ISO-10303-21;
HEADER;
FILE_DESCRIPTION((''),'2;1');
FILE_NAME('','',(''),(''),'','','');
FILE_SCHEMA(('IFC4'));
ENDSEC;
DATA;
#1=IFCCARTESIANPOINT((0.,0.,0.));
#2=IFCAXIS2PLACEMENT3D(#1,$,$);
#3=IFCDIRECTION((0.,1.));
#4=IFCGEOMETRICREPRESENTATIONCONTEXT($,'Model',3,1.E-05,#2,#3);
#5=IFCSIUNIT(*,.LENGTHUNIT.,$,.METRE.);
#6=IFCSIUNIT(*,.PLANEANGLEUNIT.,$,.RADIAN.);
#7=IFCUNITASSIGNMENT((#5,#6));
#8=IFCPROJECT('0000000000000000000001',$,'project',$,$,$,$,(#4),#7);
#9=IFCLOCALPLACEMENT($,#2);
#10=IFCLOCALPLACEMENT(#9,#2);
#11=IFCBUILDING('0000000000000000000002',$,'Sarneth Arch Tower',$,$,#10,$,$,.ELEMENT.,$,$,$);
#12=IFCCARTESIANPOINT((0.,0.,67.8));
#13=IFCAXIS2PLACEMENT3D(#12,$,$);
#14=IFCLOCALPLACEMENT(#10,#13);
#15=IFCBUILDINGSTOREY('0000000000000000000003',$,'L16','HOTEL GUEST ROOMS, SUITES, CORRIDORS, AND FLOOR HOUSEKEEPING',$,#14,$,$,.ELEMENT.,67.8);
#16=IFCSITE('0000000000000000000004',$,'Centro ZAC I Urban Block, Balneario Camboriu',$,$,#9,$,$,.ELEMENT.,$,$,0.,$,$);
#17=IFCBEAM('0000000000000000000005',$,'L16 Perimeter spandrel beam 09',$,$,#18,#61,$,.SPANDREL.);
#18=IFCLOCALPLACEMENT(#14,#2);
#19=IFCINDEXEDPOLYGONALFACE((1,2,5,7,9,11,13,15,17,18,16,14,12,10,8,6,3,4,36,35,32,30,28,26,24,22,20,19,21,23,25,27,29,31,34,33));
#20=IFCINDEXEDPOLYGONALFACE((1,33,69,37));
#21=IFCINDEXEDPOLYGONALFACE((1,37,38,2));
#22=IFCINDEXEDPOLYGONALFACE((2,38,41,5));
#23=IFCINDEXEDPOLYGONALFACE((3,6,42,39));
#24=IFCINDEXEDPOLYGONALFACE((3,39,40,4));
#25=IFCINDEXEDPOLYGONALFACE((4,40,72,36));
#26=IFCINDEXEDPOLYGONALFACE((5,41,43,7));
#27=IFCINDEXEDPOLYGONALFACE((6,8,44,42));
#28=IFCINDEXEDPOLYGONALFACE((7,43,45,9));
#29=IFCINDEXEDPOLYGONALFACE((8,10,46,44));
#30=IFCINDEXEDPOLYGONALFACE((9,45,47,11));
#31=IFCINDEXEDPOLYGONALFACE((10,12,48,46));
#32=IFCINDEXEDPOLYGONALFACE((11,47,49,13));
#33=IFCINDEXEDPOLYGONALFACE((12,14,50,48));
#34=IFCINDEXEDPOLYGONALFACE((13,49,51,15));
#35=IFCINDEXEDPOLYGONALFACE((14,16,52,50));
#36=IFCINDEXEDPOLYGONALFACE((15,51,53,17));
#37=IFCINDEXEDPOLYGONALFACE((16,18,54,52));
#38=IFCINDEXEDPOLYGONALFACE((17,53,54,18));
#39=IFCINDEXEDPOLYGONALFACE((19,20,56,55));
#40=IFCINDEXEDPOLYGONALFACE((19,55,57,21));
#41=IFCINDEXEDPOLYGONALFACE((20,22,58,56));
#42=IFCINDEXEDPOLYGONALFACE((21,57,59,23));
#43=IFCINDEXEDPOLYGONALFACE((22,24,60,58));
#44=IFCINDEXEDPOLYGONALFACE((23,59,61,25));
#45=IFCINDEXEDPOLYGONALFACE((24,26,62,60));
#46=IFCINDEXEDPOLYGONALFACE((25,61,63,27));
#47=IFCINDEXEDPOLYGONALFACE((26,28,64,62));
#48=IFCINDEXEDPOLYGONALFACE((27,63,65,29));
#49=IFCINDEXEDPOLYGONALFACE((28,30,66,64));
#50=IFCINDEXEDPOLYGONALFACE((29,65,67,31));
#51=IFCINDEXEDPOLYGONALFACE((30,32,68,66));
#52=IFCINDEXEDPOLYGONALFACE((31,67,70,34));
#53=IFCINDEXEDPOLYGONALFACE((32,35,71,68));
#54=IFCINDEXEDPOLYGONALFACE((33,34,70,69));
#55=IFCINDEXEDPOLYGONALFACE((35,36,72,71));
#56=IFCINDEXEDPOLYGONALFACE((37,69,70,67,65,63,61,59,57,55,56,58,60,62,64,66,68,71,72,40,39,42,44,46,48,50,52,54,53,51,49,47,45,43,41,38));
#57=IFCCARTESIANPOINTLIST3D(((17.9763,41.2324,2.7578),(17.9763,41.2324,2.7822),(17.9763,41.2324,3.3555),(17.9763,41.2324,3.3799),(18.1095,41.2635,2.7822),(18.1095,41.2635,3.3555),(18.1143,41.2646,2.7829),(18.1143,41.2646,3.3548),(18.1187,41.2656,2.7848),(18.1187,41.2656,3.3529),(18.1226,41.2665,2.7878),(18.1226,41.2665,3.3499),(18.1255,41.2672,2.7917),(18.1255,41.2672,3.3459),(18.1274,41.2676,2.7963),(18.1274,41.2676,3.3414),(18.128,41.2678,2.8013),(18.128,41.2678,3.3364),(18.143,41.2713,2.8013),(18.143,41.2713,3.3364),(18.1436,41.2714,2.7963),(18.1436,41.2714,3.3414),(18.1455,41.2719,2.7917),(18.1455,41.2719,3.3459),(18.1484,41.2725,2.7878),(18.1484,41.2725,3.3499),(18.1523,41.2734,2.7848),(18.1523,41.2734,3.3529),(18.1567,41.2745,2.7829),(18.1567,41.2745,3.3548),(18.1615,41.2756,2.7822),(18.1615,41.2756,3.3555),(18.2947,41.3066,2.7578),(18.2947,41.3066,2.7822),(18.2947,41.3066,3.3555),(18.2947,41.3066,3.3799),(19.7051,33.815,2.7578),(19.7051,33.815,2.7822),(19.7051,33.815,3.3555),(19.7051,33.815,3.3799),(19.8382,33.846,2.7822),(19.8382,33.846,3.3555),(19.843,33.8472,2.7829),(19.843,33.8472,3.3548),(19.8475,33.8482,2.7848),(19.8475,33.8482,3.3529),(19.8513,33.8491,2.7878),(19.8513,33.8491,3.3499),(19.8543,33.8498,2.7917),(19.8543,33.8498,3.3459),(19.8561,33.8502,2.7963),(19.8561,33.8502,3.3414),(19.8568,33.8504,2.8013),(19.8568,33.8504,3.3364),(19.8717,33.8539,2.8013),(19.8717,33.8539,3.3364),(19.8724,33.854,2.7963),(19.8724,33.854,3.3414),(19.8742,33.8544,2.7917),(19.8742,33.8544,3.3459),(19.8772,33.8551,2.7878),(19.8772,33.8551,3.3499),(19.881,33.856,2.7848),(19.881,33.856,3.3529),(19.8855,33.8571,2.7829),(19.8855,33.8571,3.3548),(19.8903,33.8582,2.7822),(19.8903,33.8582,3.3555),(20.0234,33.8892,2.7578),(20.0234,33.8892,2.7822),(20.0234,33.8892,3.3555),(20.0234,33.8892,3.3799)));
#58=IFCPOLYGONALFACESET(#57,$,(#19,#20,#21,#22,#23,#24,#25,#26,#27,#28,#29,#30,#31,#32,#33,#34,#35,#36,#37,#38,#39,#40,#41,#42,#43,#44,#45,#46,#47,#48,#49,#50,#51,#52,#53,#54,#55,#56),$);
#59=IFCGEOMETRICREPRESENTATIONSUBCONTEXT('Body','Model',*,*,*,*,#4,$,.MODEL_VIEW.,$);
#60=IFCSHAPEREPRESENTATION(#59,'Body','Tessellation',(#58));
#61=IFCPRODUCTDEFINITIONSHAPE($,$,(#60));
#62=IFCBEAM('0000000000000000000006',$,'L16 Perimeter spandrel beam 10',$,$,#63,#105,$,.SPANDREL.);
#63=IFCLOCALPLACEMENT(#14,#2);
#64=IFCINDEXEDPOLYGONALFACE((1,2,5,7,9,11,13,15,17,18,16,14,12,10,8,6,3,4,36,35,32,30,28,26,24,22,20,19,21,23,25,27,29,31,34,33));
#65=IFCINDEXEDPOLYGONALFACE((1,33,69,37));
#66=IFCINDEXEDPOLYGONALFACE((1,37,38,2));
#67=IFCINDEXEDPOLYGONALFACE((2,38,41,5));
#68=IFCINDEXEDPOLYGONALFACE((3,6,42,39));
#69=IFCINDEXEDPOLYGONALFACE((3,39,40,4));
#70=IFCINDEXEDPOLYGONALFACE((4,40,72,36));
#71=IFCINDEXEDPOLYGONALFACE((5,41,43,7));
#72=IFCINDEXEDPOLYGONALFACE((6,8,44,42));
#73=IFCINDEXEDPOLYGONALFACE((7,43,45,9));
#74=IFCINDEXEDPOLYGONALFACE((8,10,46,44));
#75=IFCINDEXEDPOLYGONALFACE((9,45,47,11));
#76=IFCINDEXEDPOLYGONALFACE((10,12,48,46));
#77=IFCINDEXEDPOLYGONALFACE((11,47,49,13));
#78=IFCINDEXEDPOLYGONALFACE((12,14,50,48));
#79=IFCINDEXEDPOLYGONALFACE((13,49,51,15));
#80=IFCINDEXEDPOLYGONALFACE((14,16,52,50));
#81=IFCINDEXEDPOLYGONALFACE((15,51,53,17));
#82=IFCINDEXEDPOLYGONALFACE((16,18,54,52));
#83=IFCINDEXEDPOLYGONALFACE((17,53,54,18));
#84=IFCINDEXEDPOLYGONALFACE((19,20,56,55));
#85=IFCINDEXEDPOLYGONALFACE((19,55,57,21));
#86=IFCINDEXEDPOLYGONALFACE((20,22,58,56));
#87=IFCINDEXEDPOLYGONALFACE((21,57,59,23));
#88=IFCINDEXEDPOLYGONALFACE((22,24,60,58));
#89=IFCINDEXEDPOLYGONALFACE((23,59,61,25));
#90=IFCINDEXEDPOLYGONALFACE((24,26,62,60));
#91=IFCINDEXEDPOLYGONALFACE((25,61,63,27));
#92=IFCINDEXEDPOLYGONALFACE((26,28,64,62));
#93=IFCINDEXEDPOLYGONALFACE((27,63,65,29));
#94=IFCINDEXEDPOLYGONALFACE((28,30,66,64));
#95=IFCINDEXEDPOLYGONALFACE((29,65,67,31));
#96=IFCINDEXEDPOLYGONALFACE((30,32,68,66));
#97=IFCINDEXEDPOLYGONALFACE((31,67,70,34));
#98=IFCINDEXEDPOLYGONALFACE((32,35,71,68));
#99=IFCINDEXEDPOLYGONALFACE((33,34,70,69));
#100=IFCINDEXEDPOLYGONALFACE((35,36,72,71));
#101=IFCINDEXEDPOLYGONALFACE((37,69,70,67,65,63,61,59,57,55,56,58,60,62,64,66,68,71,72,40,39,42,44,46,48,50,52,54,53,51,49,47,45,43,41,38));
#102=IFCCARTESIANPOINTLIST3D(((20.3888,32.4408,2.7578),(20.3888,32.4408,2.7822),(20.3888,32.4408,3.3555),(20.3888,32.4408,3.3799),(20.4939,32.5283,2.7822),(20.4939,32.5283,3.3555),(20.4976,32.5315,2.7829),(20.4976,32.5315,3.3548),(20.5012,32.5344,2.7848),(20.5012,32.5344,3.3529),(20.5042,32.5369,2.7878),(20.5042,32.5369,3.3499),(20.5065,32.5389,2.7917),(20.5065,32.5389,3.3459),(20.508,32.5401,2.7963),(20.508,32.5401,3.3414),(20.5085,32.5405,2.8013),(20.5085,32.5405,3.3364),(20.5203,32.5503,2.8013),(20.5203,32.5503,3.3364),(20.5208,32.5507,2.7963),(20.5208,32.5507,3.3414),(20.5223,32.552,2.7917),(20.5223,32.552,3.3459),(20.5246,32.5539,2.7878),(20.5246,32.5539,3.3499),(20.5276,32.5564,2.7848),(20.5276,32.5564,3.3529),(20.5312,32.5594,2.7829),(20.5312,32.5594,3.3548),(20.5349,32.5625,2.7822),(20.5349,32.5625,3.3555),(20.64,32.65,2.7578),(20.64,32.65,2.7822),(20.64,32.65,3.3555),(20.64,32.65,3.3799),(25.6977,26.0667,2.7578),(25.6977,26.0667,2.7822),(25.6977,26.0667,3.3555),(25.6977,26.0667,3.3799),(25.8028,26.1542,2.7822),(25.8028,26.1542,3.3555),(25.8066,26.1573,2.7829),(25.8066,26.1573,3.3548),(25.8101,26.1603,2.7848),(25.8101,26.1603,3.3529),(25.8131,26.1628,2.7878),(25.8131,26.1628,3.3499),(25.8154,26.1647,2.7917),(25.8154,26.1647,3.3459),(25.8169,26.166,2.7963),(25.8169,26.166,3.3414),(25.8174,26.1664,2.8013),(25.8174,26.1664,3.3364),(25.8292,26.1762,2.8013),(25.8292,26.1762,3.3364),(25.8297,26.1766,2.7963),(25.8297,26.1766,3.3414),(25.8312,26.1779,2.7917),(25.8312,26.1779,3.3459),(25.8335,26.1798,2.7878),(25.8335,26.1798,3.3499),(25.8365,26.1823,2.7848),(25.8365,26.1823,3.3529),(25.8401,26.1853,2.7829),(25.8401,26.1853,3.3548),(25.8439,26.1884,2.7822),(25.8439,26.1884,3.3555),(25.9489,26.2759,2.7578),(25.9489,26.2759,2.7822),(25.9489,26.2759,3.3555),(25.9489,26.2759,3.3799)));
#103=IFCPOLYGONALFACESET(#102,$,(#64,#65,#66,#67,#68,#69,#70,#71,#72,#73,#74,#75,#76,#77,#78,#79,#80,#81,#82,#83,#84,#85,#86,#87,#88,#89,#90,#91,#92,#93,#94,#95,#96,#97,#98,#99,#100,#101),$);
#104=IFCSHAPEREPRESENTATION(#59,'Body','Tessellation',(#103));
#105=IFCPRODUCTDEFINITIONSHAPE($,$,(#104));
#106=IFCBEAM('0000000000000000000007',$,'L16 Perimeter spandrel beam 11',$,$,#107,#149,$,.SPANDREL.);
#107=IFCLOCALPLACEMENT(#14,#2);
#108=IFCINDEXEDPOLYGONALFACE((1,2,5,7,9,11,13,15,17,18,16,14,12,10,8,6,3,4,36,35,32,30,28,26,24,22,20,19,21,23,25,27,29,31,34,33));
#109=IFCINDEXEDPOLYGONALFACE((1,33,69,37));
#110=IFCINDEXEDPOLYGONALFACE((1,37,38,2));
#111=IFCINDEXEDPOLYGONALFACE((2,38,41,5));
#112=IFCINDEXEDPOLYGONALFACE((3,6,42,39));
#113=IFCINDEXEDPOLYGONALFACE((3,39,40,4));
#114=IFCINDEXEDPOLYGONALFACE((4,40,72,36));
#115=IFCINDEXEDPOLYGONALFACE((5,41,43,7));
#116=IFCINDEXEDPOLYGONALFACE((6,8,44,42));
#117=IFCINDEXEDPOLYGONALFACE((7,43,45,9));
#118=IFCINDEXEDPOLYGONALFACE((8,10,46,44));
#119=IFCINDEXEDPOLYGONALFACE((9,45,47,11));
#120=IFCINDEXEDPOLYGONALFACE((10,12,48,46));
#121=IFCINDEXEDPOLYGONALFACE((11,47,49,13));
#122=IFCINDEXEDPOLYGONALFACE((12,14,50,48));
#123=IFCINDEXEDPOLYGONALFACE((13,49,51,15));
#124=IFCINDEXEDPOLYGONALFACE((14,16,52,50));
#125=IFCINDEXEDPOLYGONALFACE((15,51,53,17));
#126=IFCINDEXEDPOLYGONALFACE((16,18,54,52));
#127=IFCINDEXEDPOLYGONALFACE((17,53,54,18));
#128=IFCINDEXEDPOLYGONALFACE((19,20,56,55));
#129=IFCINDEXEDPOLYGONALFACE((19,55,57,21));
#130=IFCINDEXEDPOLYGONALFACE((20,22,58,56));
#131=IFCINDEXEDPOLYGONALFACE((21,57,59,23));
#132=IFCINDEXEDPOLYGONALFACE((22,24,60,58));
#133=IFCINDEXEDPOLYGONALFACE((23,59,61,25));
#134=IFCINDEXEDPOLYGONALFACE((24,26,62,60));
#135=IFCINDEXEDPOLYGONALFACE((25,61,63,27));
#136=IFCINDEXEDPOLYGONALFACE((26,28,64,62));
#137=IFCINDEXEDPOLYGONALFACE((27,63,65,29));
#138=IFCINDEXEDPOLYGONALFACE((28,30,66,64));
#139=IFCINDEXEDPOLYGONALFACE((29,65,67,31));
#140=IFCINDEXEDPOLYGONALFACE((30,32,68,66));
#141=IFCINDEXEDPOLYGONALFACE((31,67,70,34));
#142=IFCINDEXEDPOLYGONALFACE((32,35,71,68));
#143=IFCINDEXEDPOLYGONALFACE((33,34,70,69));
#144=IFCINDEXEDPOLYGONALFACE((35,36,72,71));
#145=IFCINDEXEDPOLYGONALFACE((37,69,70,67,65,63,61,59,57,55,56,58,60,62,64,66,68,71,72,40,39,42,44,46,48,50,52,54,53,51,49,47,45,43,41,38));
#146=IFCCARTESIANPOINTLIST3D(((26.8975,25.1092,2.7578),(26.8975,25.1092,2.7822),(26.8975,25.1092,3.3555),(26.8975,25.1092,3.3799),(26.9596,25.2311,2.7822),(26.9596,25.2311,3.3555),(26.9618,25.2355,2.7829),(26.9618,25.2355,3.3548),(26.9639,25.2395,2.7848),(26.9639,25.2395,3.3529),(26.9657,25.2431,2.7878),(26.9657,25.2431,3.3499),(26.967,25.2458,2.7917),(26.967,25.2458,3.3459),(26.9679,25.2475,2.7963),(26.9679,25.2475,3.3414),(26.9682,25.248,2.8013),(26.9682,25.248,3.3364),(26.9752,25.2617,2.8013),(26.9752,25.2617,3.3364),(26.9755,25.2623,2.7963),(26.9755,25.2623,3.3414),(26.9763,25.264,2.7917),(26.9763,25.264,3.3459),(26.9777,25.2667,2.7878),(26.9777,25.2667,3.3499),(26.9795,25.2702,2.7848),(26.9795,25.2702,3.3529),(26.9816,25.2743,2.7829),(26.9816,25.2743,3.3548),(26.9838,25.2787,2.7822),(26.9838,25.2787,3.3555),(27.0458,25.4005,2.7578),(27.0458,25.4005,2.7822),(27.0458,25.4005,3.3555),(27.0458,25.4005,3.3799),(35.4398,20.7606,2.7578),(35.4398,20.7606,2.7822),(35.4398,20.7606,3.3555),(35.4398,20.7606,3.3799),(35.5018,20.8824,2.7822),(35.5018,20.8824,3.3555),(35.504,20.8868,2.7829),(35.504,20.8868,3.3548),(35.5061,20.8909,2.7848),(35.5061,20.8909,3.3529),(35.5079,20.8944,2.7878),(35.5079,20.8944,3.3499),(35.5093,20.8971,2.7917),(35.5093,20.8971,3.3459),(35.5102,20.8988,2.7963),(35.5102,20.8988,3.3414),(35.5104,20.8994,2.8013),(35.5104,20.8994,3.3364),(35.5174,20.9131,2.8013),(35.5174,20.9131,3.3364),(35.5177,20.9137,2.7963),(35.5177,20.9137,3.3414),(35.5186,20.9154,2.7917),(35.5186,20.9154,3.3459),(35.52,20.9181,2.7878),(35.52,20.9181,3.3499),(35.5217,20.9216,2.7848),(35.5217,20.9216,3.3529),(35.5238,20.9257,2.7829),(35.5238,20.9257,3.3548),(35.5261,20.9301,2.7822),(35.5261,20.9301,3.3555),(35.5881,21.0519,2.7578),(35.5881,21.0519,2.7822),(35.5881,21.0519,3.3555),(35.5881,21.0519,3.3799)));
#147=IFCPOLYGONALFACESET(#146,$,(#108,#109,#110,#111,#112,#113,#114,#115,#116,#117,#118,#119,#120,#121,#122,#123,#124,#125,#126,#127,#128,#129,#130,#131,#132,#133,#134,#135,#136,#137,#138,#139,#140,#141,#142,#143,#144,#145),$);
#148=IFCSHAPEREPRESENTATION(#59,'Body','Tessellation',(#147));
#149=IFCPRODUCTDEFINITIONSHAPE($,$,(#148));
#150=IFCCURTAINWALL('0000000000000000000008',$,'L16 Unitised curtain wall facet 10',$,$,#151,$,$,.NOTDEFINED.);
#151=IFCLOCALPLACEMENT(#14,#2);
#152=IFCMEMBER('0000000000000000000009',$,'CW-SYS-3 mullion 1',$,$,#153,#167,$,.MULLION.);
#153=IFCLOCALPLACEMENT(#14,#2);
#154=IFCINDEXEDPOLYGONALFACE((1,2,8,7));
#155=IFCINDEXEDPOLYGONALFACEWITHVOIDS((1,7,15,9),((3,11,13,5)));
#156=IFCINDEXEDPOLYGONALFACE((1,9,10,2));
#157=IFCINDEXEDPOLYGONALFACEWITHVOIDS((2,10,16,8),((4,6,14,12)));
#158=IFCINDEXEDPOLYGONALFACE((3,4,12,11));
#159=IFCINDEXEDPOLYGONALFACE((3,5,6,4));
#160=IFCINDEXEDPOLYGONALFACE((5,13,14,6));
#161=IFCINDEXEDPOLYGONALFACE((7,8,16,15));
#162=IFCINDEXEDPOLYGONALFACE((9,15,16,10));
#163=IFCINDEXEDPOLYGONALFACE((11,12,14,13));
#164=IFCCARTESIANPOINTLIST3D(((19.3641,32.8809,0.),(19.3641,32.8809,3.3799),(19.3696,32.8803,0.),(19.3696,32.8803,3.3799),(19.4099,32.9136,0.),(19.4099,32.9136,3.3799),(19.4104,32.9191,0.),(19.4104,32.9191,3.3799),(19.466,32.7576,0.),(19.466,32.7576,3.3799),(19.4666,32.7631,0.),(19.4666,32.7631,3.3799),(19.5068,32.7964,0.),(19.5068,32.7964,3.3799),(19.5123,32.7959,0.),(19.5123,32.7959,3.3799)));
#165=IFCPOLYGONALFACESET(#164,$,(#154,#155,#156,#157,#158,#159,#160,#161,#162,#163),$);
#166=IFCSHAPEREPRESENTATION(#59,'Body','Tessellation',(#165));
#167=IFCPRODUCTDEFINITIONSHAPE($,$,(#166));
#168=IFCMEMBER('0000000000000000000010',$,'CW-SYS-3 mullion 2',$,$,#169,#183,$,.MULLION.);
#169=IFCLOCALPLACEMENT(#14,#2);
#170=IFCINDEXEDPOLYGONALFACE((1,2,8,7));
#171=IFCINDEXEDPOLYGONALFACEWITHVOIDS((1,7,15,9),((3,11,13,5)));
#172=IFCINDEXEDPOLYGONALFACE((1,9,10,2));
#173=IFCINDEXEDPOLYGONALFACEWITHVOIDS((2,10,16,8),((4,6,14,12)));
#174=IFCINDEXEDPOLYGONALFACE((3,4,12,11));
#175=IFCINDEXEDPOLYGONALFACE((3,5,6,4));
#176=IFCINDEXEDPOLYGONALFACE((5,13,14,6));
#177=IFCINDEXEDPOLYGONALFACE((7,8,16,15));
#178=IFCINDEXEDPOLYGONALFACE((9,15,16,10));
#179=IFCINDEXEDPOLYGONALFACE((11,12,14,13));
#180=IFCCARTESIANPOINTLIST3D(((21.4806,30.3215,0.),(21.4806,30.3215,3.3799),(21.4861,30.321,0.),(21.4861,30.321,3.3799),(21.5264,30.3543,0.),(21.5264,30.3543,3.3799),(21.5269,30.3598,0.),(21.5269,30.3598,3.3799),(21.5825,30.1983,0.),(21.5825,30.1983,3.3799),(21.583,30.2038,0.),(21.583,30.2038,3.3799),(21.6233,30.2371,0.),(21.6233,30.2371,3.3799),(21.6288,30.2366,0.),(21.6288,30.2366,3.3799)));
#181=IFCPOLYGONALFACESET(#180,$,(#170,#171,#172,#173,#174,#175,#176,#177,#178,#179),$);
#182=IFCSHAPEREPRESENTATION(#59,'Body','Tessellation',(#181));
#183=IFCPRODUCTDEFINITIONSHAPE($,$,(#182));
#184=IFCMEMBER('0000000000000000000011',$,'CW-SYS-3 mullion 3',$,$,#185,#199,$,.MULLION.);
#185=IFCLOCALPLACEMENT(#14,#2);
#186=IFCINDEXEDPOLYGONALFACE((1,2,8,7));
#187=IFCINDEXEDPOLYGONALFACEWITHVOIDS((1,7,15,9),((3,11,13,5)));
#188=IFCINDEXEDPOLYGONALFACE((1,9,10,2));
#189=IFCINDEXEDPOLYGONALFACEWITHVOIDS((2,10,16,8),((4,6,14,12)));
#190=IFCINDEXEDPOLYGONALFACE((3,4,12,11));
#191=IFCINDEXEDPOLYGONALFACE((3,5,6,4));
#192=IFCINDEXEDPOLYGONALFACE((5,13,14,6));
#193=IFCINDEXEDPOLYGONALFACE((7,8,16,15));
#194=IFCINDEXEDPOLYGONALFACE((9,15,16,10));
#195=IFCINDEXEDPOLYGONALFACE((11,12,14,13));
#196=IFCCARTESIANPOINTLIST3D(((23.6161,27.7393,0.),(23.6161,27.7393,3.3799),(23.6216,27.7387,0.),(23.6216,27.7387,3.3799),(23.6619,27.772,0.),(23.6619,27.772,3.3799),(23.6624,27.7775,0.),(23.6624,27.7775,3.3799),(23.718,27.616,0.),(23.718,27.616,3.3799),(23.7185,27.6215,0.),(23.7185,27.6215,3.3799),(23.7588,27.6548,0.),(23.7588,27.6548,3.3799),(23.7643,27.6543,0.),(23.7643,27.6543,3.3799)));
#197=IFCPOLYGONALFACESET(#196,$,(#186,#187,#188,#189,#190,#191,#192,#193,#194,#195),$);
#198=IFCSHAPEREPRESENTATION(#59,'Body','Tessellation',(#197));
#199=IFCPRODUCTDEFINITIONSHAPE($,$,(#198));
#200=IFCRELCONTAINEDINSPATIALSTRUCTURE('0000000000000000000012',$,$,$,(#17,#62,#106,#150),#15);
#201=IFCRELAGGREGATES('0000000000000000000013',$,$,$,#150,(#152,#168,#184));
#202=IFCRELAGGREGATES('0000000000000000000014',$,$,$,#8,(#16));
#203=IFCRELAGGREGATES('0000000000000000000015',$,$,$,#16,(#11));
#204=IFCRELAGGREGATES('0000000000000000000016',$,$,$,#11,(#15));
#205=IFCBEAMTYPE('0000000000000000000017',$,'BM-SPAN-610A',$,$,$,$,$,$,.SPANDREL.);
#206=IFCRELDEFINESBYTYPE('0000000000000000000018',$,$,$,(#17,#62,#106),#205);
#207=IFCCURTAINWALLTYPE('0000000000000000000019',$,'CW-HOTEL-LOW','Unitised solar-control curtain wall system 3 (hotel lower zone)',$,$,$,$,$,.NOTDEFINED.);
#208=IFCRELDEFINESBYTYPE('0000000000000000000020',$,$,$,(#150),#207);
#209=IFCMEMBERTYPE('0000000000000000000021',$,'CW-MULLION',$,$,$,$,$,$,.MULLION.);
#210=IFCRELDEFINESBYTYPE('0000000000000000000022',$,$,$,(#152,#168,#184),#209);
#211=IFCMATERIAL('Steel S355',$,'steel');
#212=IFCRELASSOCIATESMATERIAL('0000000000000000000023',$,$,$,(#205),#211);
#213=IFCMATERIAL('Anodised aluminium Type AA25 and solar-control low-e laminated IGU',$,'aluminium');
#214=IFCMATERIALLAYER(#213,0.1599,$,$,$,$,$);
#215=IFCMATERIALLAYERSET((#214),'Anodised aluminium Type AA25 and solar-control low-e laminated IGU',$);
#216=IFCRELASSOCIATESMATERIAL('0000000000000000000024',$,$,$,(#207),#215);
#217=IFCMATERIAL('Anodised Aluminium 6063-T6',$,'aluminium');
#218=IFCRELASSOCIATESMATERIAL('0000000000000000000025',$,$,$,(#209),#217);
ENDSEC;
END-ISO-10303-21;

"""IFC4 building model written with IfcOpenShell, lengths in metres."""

from ifc_helpers import new_model, si_unit, direction, frame, origin, origin_2d, place, context, subcontext, project, spatial, hollow_rectangle, i_section, extrude, material, layer, layer_set, material_profile, profile_set, type_object, element, aggregate, save


model = new_model("IFC4")

# Units and contexts
model_context = context("Model", 3, precision=1e-05, world=origin(), true_north=direction((0.0, 1.0)))
body_context = subcontext(model_context, "Body", "Model", "MODEL_VIEW")
ifc_project = project(units=[si_unit("LENGTHUNIT", "METRE"), si_unit("PLANEANGLEUNIT", "RADIAN")], contexts=[model_context])

# Site, building, storey
site_placement = place(None, origin())
site = spatial("IfcSite", under=ifc_project, at=site_placement, Name="Centro ZAC I Urban Block, Balneario Camboriu", CompositionType="ELEMENT", RefElevation=0.0)
building_placement = place(site_placement, origin())
building = spatial("IfcBuilding", under=site, at=building_placement, Name="Sarneth Arch Tower", CompositionType="ELEMENT")
storey_placement = place(building_placement, frame((0.0, 0.0, 67.8)))
storey = spatial("IfcBuildingStorey", under=building, at=storey_placement, Name="L16", Description="HOTEL GUEST ROOMS, SUITES, CORRIDORS, AND FLOOR HOUSEKEEPING", CompositionType="ELEMENT", Elevation=67.8)

# Beams
ifc_material_1 = material(Name="Steel S355", Category="steel")
ifc_material_profile_1 = material_profile(ifc_material_1, i_section(OverallWidth=0.3269, OverallDepth=0.6221, WebThickness=0.0154, FlangeThickness=0.0244, FilletRadius=0.019, at=origin_2d()), Name="W610x195")
ifc_profile_set_1 = profile_set([ifc_material_profile_1], Name="Steel S355")
beam_type = type_object("IfcBeamType", Name="BM-SPAN-610A", PredefinedType="SPANDREL", material=ifc_profile_set_1)
beam_1_placement = place(storey_placement, frame((18.1355, 41.2695, 3.0688), z_axis=(0.226982, -0.973899, 0.0), x_axis=(0.973899, 0.226982, 0.0)))
element("IfcBeam", 1, at=beam_1_placement, inside=storey, type_object=beam_type, Name="L16 Perimeter spandrel beam 09", PredefinedType="SPANDREL", context=body_context, shape_type="SweptSolid", body=[
    extrude(i_section(OverallWidth=0.3269, OverallDepth=0.6221, WebThickness=0.0154, FlangeThickness=0.0244, FilletRadius=0.019, at=origin_2d()), origin(), (0.0, 0.0, 1.0), 7.6162),
])
beam_2_placement = place(storey_placement, frame((20.5144, 32.5454, 3.0688), z_axis=(0.639982, -0.76839, 0.0), x_axis=(0.76839, 0.639982, 0.0)))
element("IfcBeam", 2, at=beam_2_placement, inside=storey, type_object=beam_type, Name="L16 Perimeter spandrel beam 10", PredefinedType="SPANDREL", context=body_context, shape_type="SweptSolid", body=[
    extrude(i_section(OverallWidth=0.3269, OverallDepth=0.6221, WebThickness=0.0154, FlangeThickness=0.0244, FilletRadius=0.019, at=origin_2d()), origin(), (0.0, 0.0, 1.0), 8.2954),
])
beam_3_placement = place(storey_placement, frame((26.9717, 25.2549, 3.0688), z_axis=(0.891169, -0.453671, 0.0), x_axis=(0.453671, 0.891169, 0.0)))
element("IfcBeam", 3, at=beam_3_placement, inside=storey, type_object=beam_type, Name="L16 Perimeter spandrel beam 11", PredefinedType="SPANDREL", context=body_context, shape_type="SweptSolid", body=[
    extrude(i_section(OverallWidth=0.3269, OverallDepth=0.6221, WebThickness=0.0154, FlangeThickness=0.0244, FilletRadius=0.019, at=origin_2d()), origin(), (0.0, 0.0, 1.0), 9.5854),
])

# Curtain wall, members
ifc_material_2 = material(Name="Anodised aluminium Type AA25 and solar-control low-e laminated IGU", Category="aluminium")
ifc_layer_1 = layer(ifc_material_2, 0.1599)
ifc_layer_set_1 = layer_set([ifc_layer_1], Name="Anodised aluminium Type AA25 and solar-control low-e laminated IGU")
curtain_wall_type = type_object("IfcCurtainWallType", Name="CW-HOTEL-LOW", Description="Unitised solar-control curtain wall system 3 (hotel lower zone)", PredefinedType="NOTDEFINED", material=ifc_layer_set_1)
curtain_wall_placement = place(storey_placement, origin())
curtain_wall = element("IfcCurtainWall", 4, at=curtain_wall_placement, inside=storey, type_object=curtain_wall_type, Name="L16 Unitised curtain wall facet 10", PredefinedType="NOTDEFINED")
ifc_material_3 = material(Name="Anodised Aluminium 6063-T6", Category="aluminium")
ifc_material_profile_2 = material_profile(ifc_material_3, hollow_rectangle(XDim=0.0601, YDim=0.1599, WallThickness=0.0039, at=origin_2d()), Name="AL-MULL-160x60x4")
ifc_profile_set_2 = profile_set([ifc_material_profile_2], Name="Anodised Aluminium 6063-T6")
member_type_1 = type_object("IfcMemberType", Name="CW-MULLION", PredefinedType="MULLION", material=ifc_profile_set_2)
member_1_placement = place(storey_placement, frame((19.4382, 32.8384, 0.0), z_axis=(0.0, 0.0, 1.0), x_axis=(0.770623, 0.637291, 0.0)))
member_1 = element("IfcMember", 5, at=member_1_placement, type_object=member_type_1, Name="CW-SYS-3 mullion 1", PredefinedType="MULLION", context=body_context, shape_type="SweptSolid", body=[
    extrude(hollow_rectangle(XDim=0.0601, YDim=0.1599, WallThickness=0.0039, at=origin_2d()), origin(), (0.0, 0.0, 1.0), 3.3799),
])
member_2_placement = place(storey_placement, frame((21.5547, 30.2791, 0.0), z_axis=(0.0, 0.0, 1.0), x_axis=(0.770623, 0.637291, 0.0)))
member_2 = element("IfcMember", 6, at=member_2_placement, type_object=member_type_1, Name="CW-SYS-3 mullion 2", PredefinedType="MULLION", context=body_context, shape_type="SweptSolid", body=[
    extrude(hollow_rectangle(XDim=0.0601, YDim=0.1599, WallThickness=0.0039, at=origin_2d()), origin(), (0.0, 0.0, 1.0), 3.3799),
])
member_3_placement = place(storey_placement, frame((23.6902, 27.6968, 0.0), z_axis=(0.0, 0.0, 1.0), x_axis=(0.770623, 0.637291, 0.0)))
member_3 = element("IfcMember", 7, at=member_3_placement, type_object=member_type_1, Name="CW-SYS-3 mullion 3", PredefinedType="MULLION", context=body_context, shape_type="SweptSolid", body=[
    extrude(hollow_rectangle(XDim=0.0601, YDim=0.1599, WallThickness=0.0039, at=origin_2d()), origin(), (0.0, 0.0, 1.0), 3.3799),
])

aggregate(curtain_wall, [member_1, member_2, member_3])

save(model, "model.ifc")
